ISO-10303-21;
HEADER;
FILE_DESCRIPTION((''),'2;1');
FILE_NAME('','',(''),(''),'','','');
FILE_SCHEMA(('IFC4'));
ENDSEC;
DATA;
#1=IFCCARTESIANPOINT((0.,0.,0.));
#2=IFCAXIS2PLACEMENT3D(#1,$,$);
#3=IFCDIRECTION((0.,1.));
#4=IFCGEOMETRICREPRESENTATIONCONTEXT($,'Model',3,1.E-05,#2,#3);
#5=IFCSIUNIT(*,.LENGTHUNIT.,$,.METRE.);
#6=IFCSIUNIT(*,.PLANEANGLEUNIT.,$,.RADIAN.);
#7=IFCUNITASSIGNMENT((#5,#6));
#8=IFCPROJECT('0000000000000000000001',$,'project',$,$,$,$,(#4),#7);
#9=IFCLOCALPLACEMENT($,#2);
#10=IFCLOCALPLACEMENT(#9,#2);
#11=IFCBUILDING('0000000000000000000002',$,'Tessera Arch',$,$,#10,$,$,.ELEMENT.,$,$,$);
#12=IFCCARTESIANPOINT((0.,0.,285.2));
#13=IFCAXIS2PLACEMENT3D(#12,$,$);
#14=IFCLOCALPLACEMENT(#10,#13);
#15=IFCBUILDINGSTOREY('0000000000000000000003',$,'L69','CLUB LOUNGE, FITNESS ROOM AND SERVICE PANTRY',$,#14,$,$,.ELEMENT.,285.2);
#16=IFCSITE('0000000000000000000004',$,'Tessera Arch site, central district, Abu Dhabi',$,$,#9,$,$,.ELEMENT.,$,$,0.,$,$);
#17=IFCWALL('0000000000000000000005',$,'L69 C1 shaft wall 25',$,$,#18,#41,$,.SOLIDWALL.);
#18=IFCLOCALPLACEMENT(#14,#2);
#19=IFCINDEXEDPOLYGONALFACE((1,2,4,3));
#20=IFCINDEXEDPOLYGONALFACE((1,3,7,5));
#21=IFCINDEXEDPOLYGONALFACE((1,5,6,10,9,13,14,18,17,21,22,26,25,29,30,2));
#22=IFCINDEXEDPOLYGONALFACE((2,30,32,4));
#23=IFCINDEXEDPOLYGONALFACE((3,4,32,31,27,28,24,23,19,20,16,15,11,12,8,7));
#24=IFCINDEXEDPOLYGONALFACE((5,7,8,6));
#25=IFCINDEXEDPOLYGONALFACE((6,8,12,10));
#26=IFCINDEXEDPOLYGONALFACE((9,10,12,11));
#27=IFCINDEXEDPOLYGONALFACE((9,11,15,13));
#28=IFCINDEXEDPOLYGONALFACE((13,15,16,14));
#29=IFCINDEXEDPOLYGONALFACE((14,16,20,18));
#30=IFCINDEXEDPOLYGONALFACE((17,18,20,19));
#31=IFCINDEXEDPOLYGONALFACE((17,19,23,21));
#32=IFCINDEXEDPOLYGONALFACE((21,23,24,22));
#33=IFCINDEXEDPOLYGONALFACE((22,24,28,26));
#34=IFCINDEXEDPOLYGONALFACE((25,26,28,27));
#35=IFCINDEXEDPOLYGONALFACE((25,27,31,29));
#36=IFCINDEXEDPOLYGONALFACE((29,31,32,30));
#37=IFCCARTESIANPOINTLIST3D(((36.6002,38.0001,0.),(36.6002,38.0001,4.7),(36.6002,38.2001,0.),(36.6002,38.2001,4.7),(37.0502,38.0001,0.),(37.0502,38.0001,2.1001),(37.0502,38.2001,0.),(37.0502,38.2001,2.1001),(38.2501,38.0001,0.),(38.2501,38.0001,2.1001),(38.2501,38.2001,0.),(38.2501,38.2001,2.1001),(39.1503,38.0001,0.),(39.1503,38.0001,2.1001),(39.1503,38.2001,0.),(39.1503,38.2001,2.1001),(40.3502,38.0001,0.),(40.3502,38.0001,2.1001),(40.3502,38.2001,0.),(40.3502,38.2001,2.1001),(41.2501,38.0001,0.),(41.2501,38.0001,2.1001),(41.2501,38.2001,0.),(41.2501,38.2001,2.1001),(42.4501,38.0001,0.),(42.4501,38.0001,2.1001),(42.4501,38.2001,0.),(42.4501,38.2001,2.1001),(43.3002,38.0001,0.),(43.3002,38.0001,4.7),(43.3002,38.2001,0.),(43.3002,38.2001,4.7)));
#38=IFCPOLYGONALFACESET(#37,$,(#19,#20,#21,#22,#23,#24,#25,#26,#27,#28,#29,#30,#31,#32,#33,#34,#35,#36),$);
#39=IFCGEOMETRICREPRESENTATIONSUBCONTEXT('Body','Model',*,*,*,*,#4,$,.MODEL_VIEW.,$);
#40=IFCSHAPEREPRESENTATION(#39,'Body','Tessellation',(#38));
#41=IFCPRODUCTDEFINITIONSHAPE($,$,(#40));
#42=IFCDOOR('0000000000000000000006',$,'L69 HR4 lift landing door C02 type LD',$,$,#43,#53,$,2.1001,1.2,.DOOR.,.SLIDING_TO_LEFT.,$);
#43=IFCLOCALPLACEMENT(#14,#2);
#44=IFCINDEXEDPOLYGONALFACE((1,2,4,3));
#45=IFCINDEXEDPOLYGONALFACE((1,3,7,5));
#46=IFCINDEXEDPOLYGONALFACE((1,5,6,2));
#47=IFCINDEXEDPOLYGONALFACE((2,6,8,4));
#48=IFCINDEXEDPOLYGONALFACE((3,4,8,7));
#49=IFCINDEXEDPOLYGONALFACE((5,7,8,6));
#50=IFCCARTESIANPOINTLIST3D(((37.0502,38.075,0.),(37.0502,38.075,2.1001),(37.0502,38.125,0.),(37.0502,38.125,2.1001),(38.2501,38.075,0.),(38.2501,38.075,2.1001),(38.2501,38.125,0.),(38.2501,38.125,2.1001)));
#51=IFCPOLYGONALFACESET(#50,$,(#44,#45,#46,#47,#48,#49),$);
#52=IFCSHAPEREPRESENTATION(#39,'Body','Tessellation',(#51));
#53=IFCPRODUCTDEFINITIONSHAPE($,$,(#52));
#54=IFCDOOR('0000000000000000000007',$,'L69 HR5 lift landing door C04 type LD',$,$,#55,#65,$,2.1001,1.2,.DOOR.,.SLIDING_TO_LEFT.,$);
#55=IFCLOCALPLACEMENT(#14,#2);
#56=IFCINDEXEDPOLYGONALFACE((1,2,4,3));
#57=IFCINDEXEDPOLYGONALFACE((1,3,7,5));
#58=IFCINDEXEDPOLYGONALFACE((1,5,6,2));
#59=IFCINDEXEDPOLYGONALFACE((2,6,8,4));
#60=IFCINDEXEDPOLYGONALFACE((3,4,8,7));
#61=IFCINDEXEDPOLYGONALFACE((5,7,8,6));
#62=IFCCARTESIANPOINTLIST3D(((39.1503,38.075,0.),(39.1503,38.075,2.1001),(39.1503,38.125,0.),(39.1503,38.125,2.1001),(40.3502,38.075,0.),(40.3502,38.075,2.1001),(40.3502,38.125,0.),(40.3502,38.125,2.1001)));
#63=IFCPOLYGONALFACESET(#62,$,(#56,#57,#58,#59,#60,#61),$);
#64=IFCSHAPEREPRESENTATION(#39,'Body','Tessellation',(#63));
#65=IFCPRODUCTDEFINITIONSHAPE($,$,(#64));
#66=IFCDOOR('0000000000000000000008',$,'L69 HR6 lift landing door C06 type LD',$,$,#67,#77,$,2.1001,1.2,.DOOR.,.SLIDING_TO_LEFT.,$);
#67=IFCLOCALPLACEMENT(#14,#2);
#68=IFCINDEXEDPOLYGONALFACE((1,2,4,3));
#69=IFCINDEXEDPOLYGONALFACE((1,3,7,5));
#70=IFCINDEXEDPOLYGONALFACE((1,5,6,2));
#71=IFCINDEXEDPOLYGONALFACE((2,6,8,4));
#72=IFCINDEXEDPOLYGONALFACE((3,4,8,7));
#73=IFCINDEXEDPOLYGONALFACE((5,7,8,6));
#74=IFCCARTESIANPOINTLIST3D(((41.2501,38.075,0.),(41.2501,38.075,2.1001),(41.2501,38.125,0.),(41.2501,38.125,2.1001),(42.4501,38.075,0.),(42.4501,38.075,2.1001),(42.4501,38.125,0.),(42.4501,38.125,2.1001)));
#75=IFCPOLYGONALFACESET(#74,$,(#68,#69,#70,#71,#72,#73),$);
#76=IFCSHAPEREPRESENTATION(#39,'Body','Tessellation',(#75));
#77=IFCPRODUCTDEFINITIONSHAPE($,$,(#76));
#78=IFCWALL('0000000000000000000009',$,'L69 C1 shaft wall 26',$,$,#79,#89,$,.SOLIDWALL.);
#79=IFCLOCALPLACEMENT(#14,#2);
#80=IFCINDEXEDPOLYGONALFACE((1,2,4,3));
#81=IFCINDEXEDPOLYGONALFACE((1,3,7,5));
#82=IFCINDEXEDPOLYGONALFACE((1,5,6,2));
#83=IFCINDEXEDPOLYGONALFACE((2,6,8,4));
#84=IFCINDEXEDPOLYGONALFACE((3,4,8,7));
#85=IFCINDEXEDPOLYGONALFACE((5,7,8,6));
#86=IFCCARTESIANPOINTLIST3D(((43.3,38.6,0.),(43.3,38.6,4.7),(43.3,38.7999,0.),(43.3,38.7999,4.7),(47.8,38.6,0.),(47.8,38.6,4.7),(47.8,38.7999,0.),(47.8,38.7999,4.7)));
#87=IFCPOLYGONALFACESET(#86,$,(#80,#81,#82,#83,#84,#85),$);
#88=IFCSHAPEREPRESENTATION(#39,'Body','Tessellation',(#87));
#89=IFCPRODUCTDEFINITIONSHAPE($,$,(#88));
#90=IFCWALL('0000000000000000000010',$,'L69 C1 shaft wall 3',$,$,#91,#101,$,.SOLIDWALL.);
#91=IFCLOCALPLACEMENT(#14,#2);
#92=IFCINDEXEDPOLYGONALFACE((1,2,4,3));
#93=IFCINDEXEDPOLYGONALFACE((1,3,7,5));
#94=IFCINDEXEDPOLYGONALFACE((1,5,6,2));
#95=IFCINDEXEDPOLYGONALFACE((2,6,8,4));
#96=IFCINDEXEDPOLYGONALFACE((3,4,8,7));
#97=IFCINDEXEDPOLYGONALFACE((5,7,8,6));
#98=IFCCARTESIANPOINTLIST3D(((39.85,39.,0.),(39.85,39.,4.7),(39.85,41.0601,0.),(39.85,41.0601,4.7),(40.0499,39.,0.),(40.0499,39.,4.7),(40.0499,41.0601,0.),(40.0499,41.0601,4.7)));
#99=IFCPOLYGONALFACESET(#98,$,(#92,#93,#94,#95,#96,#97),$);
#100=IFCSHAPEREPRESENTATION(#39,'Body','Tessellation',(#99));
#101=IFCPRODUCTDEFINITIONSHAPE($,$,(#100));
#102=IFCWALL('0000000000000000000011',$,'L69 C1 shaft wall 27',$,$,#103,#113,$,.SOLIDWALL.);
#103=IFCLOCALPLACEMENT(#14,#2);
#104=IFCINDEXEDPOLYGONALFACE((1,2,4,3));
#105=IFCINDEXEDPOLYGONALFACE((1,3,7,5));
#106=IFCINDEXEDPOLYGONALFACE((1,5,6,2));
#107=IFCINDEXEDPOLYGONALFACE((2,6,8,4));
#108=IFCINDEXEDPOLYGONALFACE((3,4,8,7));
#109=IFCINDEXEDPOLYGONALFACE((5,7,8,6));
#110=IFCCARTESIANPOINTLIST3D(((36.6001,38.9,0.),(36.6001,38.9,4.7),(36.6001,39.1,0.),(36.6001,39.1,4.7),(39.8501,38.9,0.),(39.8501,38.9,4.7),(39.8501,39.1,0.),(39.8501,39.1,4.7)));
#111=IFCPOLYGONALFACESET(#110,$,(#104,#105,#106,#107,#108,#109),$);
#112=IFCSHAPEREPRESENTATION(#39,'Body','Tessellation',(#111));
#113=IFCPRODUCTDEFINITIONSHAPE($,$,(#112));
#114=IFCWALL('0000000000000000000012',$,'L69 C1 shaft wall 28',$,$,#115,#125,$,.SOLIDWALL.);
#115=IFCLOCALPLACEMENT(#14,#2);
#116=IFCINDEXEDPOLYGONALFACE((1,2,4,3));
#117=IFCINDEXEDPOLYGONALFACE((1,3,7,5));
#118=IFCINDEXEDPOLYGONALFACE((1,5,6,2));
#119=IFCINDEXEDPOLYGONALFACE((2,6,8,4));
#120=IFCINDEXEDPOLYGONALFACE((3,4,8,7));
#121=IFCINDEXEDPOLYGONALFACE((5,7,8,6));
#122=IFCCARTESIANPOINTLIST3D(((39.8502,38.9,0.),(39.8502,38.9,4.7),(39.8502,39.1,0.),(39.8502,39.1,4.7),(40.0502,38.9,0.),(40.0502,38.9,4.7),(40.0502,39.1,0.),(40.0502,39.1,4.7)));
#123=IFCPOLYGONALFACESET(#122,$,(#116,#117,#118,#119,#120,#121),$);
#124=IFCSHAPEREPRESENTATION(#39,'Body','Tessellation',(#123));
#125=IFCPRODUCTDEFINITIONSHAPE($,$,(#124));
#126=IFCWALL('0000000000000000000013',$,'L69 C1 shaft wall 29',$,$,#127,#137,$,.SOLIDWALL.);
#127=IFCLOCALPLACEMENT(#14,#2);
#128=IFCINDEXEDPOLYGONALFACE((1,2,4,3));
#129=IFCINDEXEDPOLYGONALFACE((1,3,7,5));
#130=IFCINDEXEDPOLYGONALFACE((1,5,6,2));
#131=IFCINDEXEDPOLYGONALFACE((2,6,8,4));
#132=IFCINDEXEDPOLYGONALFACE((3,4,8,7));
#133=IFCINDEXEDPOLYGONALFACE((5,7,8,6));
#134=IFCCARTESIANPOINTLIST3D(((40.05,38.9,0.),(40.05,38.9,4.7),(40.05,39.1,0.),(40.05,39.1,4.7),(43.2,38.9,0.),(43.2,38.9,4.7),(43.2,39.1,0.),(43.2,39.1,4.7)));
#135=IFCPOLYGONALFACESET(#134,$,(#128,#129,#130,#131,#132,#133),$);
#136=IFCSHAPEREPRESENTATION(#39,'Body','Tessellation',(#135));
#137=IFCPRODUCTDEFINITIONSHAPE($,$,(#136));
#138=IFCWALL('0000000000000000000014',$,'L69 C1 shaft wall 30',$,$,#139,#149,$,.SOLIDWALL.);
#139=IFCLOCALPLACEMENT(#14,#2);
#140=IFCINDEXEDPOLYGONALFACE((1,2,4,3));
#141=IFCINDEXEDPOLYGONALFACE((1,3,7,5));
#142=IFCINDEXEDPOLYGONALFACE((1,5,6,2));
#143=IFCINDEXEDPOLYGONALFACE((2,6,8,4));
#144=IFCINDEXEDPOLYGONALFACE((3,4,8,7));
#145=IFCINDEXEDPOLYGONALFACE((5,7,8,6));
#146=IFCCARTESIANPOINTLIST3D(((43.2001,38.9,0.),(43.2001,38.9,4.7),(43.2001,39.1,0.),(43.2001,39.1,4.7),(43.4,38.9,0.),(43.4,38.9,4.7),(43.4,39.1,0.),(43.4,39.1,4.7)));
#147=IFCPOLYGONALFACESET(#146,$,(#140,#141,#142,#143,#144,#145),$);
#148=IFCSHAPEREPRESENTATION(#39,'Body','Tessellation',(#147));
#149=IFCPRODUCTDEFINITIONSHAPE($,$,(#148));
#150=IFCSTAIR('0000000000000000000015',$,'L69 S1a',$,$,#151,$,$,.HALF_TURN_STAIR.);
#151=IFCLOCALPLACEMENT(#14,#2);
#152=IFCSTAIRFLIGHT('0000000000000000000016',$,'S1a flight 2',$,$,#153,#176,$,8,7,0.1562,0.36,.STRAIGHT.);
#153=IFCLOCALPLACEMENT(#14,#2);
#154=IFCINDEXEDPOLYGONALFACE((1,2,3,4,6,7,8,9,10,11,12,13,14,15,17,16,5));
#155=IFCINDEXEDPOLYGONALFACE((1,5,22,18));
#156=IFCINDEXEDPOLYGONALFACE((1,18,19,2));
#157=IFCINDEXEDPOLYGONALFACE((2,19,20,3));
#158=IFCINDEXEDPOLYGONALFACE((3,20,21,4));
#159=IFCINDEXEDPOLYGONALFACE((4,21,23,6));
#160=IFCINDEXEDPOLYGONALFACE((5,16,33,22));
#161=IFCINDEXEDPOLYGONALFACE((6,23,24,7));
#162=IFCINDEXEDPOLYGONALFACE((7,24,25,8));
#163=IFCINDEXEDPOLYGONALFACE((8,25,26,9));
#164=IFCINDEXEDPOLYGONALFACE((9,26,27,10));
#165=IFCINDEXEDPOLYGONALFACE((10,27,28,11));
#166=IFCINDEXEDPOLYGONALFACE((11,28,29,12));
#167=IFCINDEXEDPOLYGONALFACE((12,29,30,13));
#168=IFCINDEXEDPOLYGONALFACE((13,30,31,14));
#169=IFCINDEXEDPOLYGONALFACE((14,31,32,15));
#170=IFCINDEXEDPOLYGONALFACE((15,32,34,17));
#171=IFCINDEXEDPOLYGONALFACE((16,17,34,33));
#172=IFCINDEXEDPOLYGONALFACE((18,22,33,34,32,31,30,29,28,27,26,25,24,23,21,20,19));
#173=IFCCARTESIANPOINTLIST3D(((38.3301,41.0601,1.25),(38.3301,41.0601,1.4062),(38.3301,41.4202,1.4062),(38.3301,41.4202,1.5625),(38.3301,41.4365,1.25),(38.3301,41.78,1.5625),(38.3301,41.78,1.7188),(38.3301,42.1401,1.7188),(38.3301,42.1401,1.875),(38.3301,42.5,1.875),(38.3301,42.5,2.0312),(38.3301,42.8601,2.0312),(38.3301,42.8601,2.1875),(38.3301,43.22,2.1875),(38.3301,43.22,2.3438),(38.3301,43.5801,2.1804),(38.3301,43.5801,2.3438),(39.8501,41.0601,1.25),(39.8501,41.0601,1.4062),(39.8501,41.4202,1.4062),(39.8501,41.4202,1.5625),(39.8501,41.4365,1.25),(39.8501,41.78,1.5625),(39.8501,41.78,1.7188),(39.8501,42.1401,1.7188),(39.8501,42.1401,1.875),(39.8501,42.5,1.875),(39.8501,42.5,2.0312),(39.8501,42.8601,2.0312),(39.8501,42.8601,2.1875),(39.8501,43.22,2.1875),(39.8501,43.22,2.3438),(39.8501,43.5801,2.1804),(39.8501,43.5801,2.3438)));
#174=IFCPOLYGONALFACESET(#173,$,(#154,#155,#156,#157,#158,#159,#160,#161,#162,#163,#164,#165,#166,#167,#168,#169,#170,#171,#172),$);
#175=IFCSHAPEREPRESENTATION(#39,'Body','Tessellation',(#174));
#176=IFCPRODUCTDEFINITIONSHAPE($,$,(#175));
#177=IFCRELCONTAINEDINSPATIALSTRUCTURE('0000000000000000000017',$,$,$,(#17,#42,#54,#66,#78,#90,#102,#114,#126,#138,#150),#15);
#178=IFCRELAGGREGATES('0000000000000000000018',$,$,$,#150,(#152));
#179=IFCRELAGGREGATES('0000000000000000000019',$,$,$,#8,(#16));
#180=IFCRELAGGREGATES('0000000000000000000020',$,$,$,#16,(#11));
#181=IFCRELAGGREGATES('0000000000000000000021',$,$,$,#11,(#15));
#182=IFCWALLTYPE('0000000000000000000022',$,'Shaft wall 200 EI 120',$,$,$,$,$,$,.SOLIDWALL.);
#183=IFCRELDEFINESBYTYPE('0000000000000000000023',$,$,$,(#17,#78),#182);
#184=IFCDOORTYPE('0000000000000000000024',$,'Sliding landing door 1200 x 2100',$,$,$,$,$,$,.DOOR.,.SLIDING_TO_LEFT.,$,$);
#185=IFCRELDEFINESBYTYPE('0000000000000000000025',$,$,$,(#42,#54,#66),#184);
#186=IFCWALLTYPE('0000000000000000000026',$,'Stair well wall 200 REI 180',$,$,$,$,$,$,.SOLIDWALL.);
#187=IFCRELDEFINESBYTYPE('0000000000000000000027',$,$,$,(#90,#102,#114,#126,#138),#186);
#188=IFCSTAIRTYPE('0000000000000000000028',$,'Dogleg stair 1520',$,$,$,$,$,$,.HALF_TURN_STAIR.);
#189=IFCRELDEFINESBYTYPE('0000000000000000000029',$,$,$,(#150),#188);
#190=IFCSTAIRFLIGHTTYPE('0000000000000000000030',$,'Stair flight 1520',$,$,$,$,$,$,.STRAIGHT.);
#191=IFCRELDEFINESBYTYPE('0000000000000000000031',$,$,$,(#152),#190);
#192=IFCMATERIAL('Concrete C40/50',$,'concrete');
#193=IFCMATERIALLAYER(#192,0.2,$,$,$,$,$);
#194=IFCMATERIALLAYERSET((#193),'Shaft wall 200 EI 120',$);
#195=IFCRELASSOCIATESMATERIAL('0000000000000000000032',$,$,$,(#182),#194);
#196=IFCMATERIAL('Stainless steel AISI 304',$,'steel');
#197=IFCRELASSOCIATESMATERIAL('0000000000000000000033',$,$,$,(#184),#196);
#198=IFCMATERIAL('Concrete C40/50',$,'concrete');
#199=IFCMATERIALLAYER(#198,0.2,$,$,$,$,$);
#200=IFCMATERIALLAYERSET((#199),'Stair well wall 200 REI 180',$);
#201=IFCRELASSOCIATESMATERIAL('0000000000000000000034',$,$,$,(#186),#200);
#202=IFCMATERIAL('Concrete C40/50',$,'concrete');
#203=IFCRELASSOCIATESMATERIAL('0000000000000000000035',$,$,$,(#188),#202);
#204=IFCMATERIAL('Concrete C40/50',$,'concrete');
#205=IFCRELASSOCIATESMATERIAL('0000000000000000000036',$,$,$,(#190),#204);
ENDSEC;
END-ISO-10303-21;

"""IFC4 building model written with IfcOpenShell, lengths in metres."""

from ifc_helpers import new_model, si_unit, direction, frame, frame_2d, origin, place, context, subcontext, project, spatial, polyline, rectangle, outline, extrude, material, layer, layer_set, type_object, element, fill, aggregate, save


model = new_model("IFC4")

# Units and contexts
model_context = context("Model", 3, precision=1e-05, world=origin(), true_north=direction((0.0, 1.0)))
body_context = subcontext(model_context, "Body", "Model", "MODEL_VIEW")
ifc_project = project(units=[si_unit("LENGTHUNIT", "METRE"), si_unit("PLANEANGLEUNIT", "RADIAN")], contexts=[model_context])

# Site, building, storey
site_placement = place(None, origin())
site = spatial("IfcSite", under=ifc_project, at=site_placement, Name="Tessera Arch site, central district, Abu Dhabi", CompositionType="ELEMENT", RefElevation=0.0)
building_placement = place(site_placement, origin())
building = spatial("IfcBuilding", under=site, at=building_placement, Name="Tessera Arch", CompositionType="ELEMENT")
storey_placement = place(building_placement, frame((0.0, 0.0, 285.2)))
storey = spatial("IfcBuildingStorey", under=building, at=storey_placement, Name="L69", Description="CLUB LOUNGE, FITNESS ROOM AND SERVICE PANTRY", CompositionType="ELEMENT", Elevation=285.2)

# Shared definitions
ifc_material_1 = material(Name="Concrete C40/50", Category="concrete")
ifc_layer_1 = layer(ifc_material_1, 0.2)
ifc_layer_set_1 = layer_set([ifc_layer_1], Name="Shaft wall 200 EI 120")
wall_type_1 = type_object("IfcWallType", Name="Shaft wall 200 EI 120", PredefinedType="SOLIDWALL", material=ifc_layer_set_1)

# Wall, openings, doors
ifc_material_2 = material(Name="Stainless steel AISI 304", Category="steel")
door_type_1 = type_object("IfcDoorType", Name="Sliding landing door 1200 x 2100", OperationType="SLIDING_TO_LEFT", PredefinedType="DOOR", material=ifc_material_2)
wall_1_placement = place(storey_placement, frame((36.6001, 38.1001, 0.0), z_axis=(0.0, 0.0, 1.0), x_axis=(1.0, 0.0, 0.0)))
wall_1 = element("IfcWall", 1, at=wall_1_placement, inside=storey, type_object=wall_type_1, Name="L69 C1 shaft wall 25", PredefinedType="SOLIDWALL", context=body_context, shape_type="SweptSolid", body=[
    extrude(rectangle(XDim=6.7, YDim=0.2, at=frame_2d((3.3501, 0.0))), origin(), (0.0, 0.0, 1.0), 4.7),
])
opening_1_placement = place(wall_1_placement, frame((0.45, 0.0, 0.0)))
opening_1 = element("IfcOpeningElement", 2, at=opening_1_placement, cuts=wall_1, PredefinedType="OPENING", context=body_context, shape_type="SweptSolid", body=[
    extrude(rectangle(XDim=1.2, YDim=2.1001, at=frame_2d((0.6001, 1.05))), frame((0.0, 0.1099, 0.0), z_axis=(0.0, -1.0, 0.0), x_axis=(1.0, 0.0, 0.0)), (0.0, 0.0, 1.0), 0.22),
])
opening_2_placement = place(wall_1_placement, frame((2.55, 0.0, 0.0)))
opening_2 = element("IfcOpeningElement", 3, at=opening_2_placement, cuts=wall_1, PredefinedType="OPENING", context=body_context, shape_type="SweptSolid", body=[
    extrude(rectangle(XDim=1.2, YDim=2.1001, at=frame_2d((0.6001, 1.05))), frame((0.0, 0.1099, 0.0), z_axis=(0.0, -1.0, 0.0), x_axis=(1.0, 0.0, 0.0)), (0.0, 0.0, 1.0), 0.22),
])
opening_3_placement = place(wall_1_placement, frame((4.6499, 0.0, 0.0)))
opening_3 = element("IfcOpeningElement", 4, at=opening_3_placement, cuts=wall_1, PredefinedType="OPENING", context=body_context, shape_type="SweptSolid", body=[
    extrude(rectangle(XDim=1.2, YDim=2.1001, at=frame_2d((0.6001, 1.05))), frame((0.0, 0.1099, 0.0), z_axis=(0.0, -1.0, 0.0), x_axis=(1.0, 0.0, 0.0)), (0.0, 0.0, 1.0), 0.22),
])
door_1_placement = place(opening_1_placement, origin())
door_1 = element("IfcDoor", 5, at=door_1_placement, inside=storey, type_object=door_type_1, Name="L69 HR4 lift landing door C02 type LD", OperationType="SLIDING_TO_LEFT", OverallHeight=2.1001, OverallWidth=1.2, PredefinedType="DOOR", context=body_context, shape_type="SweptSolid", body=[
    extrude(rectangle(XDim=1.2, YDim=2.1001, at=frame_2d((0.6001, 1.05))), frame((0.0, 0.0249, 0.0), z_axis=(0.0, -1.0, 0.0), x_axis=(1.0, 0.0, 0.0)), (0.0, 0.0, 1.0), 0.05),
])
fill(opening_1, door_1)
door_2_placement = place(opening_2_placement, origin())
door_2 = element("IfcDoor", 6, at=door_2_placement, inside=storey, type_object=door_type_1, Name="L69 HR5 lift landing door C04 type LD", OperationType="SLIDING_TO_LEFT", OverallHeight=2.1001, OverallWidth=1.2, PredefinedType="DOOR", context=body_context, shape_type="SweptSolid", body=[
    extrude(rectangle(XDim=1.2, YDim=2.1001, at=frame_2d((0.6001, 1.05))), frame((0.0, 0.0249, 0.0), z_axis=(0.0, -1.0, 0.0), x_axis=(1.0, 0.0, 0.0)), (0.0, 0.0, 1.0), 0.05),
])
fill(opening_2, door_2)
door_3_placement = place(opening_3_placement, origin())
door_3 = element("IfcDoor", 7, at=door_3_placement, inside=storey, type_object=door_type_1, Name="L69 HR6 lift landing door C06 type LD", OperationType="SLIDING_TO_LEFT", OverallHeight=2.1001, OverallWidth=1.2, PredefinedType="DOOR", context=body_context, shape_type="SweptSolid", body=[
    extrude(rectangle(XDim=1.2, YDim=2.1001, at=frame_2d((0.6001, 1.05))), frame((0.0, 0.0249, 0.0), z_axis=(0.0, -1.0, 0.0), x_axis=(1.0, 0.0, 0.0)), (0.0, 0.0, 1.0), 0.05),
])
fill(opening_3, door_3)

# Walls
wall_2_placement = place(storey_placement, frame((43.3, 38.7, 0.0), z_axis=(0.0, 0.0, 1.0), x_axis=(1.0, 0.0, 0.0)))
element("IfcWall", 8, at=wall_2_placement, inside=storey, type_object=wall_type_1, Name="L69 C1 shaft wall 26", PredefinedType="SOLIDWALL", context=body_context, shape_type="SweptSolid", body=[
    extrude(rectangle(XDim=4.5, YDim=0.2, at=frame_2d((2.25, 0.0))), origin(), (0.0, 0.0, 1.0), 4.7),
])
ifc_material_3 = material(Name="Concrete C40/50", Category="concrete")
ifc_layer_2 = layer(ifc_material_3, 0.2)
ifc_layer_set_2 = layer_set([ifc_layer_2], Name="Stair well wall 200 REI 180")
wall_type_2 = type_object("IfcWallType", Name="Stair well wall 200 REI 180", PredefinedType="SOLIDWALL", material=ifc_layer_set_2)
wall_3_placement = place(storey_placement, frame((39.95, 39.0, 0.0), z_axis=(0.0, 0.0, 1.0), x_axis=(0.0, 1.0, 0.0)))
element("IfcWall", 9, at=wall_3_placement, inside=storey, type_object=wall_type_2, Name="L69 C1 shaft wall 3", PredefinedType="SOLIDWALL", context=body_context, shape_type="SweptSolid", body=[
    extrude(rectangle(XDim=2.0601, YDim=0.2, at=frame_2d((1.03, 0.0))), origin(), (0.0, 0.0, 1.0), 4.7),
])
wall_4_placement = place(storey_placement, frame((36.6001, 39.0, 0.0), z_axis=(0.0, 0.0, 1.0), x_axis=(1.0, 0.0, 0.0)))
element("IfcWall", 10, at=wall_4_placement, inside=storey, type_object=wall_type_2, Name="L69 C1 shaft wall 27", PredefinedType="SOLIDWALL", context=body_context, shape_type="SweptSolid", body=[
    extrude(rectangle(XDim=3.25, YDim=0.2, at=frame_2d((1.625, 0.0))), origin(), (0.0, 0.0, 1.0), 4.7),
])
wall_5_placement = place(storey_placement, frame((39.8501, 39.0, 0.0), z_axis=(0.0, 0.0, 1.0), x_axis=(1.0, 0.0, 0.0)))
element("IfcWall", 11, at=wall_5_placement, inside=storey, type_object=wall_type_2, Name="L69 C1 shaft wall 28", PredefinedType="SOLIDWALL", context=body_context, shape_type="SweptSolid", body=[
    extrude(rectangle(XDim=0.2, YDim=0.2, at=frame_2d((0.1001, 0.0))), origin(), (0.0, 0.0, 1.0), 4.7),
])
wall_6_placement = place(storey_placement, frame((40.05, 39.0, 0.0), z_axis=(0.0, 0.0, 1.0), x_axis=(1.0, 0.0, 0.0)))
element("IfcWall", 12, at=wall_6_placement, inside=storey, type_object=wall_type_2, Name="L69 C1 shaft wall 29", PredefinedType="SOLIDWALL", context=body_context, shape_type="SweptSolid", body=[
    extrude(rectangle(XDim=3.1499, YDim=0.2, at=frame_2d((1.575, 0.0))), origin(), (0.0, 0.0, 1.0), 4.7),
])
wall_7_placement = place(storey_placement, frame((43.2, 39.0, 0.0), z_axis=(0.0, 0.0, 1.0), x_axis=(1.0, 0.0, 0.0)))
element("IfcWall", 13, at=wall_7_placement, inside=storey, type_object=wall_type_2, Name="L69 C1 shaft wall 30", PredefinedType="SOLIDWALL", context=body_context, shape_type="SweptSolid", body=[
    extrude(rectangle(XDim=0.2, YDim=0.2, at=frame_2d((0.1001, 0.0))), origin(), (0.0, 0.0, 1.0), 4.7),
])

# Stair, stair flight
ifc_material_4 = material(Name="Concrete C40/50", Category="concrete")
stair_type = type_object("IfcStairType", Name="Dogleg stair 1520", PredefinedType="HALF_TURN_STAIR", material=ifc_material_4)
stair_placement = place(storey_placement, origin())
stair = element("IfcStair", 14, at=stair_placement, inside=storey, type_object=stair_type, Name="L69 S1a", PredefinedType="HALF_TURN_STAIR")
ifc_material_5 = material(Name="Concrete C40/50", Category="concrete")
stair_flight_type = type_object("IfcStairFlightType", Name="Stair flight 1520", PredefinedType="STRAIGHT", material=ifc_material_5)
stair_flight_1_placement = place(storey_placement, frame((39.0901, 41.0601, 1.25), z_axis=(0.0, 0.0, 1.0), x_axis=(0.0, 1.0, 0.0)))
stair_flight_1 = element("IfcStairFlight", 15, at=stair_flight_1_placement, type_object=stair_flight_type, Name="S1a flight 2", NumberOfRisers=8, NumberOfTreads=7, PredefinedType="STRAIGHT", RiserHeight=0.1562, TreadLength=0.36, context=body_context, shape_type="SweptSolid", body=[
    extrude(outline(polyline([(0.0, 0.0), (0.0, 0.1562), (0.3601, 0.1562), (0.3601, 0.3125), (0.72, 0.3125), (0.72, 0.4688), (1.0801, 0.4688), (1.0801, 0.625), (1.4399, 0.625), (1.4399, 0.7812), (1.8, 0.7812), (1.8, 0.9375), (2.1599, 0.9375), (2.1599, 1.0938), (2.52, 1.0938), (2.52, 1.25), (2.52, 0.9304), (0.3765, 0.0), (0.0, 0.0)])), frame((0.0, 0.76, 0.0), z_axis=(0.0, -1.0, 0.0), x_axis=(1.0, 0.0, 0.0)), (0.0, 0.0, 1.0), 1.52),
])
aggregate(stair, [stair_flight_1])

save(model, "model.ifc")
